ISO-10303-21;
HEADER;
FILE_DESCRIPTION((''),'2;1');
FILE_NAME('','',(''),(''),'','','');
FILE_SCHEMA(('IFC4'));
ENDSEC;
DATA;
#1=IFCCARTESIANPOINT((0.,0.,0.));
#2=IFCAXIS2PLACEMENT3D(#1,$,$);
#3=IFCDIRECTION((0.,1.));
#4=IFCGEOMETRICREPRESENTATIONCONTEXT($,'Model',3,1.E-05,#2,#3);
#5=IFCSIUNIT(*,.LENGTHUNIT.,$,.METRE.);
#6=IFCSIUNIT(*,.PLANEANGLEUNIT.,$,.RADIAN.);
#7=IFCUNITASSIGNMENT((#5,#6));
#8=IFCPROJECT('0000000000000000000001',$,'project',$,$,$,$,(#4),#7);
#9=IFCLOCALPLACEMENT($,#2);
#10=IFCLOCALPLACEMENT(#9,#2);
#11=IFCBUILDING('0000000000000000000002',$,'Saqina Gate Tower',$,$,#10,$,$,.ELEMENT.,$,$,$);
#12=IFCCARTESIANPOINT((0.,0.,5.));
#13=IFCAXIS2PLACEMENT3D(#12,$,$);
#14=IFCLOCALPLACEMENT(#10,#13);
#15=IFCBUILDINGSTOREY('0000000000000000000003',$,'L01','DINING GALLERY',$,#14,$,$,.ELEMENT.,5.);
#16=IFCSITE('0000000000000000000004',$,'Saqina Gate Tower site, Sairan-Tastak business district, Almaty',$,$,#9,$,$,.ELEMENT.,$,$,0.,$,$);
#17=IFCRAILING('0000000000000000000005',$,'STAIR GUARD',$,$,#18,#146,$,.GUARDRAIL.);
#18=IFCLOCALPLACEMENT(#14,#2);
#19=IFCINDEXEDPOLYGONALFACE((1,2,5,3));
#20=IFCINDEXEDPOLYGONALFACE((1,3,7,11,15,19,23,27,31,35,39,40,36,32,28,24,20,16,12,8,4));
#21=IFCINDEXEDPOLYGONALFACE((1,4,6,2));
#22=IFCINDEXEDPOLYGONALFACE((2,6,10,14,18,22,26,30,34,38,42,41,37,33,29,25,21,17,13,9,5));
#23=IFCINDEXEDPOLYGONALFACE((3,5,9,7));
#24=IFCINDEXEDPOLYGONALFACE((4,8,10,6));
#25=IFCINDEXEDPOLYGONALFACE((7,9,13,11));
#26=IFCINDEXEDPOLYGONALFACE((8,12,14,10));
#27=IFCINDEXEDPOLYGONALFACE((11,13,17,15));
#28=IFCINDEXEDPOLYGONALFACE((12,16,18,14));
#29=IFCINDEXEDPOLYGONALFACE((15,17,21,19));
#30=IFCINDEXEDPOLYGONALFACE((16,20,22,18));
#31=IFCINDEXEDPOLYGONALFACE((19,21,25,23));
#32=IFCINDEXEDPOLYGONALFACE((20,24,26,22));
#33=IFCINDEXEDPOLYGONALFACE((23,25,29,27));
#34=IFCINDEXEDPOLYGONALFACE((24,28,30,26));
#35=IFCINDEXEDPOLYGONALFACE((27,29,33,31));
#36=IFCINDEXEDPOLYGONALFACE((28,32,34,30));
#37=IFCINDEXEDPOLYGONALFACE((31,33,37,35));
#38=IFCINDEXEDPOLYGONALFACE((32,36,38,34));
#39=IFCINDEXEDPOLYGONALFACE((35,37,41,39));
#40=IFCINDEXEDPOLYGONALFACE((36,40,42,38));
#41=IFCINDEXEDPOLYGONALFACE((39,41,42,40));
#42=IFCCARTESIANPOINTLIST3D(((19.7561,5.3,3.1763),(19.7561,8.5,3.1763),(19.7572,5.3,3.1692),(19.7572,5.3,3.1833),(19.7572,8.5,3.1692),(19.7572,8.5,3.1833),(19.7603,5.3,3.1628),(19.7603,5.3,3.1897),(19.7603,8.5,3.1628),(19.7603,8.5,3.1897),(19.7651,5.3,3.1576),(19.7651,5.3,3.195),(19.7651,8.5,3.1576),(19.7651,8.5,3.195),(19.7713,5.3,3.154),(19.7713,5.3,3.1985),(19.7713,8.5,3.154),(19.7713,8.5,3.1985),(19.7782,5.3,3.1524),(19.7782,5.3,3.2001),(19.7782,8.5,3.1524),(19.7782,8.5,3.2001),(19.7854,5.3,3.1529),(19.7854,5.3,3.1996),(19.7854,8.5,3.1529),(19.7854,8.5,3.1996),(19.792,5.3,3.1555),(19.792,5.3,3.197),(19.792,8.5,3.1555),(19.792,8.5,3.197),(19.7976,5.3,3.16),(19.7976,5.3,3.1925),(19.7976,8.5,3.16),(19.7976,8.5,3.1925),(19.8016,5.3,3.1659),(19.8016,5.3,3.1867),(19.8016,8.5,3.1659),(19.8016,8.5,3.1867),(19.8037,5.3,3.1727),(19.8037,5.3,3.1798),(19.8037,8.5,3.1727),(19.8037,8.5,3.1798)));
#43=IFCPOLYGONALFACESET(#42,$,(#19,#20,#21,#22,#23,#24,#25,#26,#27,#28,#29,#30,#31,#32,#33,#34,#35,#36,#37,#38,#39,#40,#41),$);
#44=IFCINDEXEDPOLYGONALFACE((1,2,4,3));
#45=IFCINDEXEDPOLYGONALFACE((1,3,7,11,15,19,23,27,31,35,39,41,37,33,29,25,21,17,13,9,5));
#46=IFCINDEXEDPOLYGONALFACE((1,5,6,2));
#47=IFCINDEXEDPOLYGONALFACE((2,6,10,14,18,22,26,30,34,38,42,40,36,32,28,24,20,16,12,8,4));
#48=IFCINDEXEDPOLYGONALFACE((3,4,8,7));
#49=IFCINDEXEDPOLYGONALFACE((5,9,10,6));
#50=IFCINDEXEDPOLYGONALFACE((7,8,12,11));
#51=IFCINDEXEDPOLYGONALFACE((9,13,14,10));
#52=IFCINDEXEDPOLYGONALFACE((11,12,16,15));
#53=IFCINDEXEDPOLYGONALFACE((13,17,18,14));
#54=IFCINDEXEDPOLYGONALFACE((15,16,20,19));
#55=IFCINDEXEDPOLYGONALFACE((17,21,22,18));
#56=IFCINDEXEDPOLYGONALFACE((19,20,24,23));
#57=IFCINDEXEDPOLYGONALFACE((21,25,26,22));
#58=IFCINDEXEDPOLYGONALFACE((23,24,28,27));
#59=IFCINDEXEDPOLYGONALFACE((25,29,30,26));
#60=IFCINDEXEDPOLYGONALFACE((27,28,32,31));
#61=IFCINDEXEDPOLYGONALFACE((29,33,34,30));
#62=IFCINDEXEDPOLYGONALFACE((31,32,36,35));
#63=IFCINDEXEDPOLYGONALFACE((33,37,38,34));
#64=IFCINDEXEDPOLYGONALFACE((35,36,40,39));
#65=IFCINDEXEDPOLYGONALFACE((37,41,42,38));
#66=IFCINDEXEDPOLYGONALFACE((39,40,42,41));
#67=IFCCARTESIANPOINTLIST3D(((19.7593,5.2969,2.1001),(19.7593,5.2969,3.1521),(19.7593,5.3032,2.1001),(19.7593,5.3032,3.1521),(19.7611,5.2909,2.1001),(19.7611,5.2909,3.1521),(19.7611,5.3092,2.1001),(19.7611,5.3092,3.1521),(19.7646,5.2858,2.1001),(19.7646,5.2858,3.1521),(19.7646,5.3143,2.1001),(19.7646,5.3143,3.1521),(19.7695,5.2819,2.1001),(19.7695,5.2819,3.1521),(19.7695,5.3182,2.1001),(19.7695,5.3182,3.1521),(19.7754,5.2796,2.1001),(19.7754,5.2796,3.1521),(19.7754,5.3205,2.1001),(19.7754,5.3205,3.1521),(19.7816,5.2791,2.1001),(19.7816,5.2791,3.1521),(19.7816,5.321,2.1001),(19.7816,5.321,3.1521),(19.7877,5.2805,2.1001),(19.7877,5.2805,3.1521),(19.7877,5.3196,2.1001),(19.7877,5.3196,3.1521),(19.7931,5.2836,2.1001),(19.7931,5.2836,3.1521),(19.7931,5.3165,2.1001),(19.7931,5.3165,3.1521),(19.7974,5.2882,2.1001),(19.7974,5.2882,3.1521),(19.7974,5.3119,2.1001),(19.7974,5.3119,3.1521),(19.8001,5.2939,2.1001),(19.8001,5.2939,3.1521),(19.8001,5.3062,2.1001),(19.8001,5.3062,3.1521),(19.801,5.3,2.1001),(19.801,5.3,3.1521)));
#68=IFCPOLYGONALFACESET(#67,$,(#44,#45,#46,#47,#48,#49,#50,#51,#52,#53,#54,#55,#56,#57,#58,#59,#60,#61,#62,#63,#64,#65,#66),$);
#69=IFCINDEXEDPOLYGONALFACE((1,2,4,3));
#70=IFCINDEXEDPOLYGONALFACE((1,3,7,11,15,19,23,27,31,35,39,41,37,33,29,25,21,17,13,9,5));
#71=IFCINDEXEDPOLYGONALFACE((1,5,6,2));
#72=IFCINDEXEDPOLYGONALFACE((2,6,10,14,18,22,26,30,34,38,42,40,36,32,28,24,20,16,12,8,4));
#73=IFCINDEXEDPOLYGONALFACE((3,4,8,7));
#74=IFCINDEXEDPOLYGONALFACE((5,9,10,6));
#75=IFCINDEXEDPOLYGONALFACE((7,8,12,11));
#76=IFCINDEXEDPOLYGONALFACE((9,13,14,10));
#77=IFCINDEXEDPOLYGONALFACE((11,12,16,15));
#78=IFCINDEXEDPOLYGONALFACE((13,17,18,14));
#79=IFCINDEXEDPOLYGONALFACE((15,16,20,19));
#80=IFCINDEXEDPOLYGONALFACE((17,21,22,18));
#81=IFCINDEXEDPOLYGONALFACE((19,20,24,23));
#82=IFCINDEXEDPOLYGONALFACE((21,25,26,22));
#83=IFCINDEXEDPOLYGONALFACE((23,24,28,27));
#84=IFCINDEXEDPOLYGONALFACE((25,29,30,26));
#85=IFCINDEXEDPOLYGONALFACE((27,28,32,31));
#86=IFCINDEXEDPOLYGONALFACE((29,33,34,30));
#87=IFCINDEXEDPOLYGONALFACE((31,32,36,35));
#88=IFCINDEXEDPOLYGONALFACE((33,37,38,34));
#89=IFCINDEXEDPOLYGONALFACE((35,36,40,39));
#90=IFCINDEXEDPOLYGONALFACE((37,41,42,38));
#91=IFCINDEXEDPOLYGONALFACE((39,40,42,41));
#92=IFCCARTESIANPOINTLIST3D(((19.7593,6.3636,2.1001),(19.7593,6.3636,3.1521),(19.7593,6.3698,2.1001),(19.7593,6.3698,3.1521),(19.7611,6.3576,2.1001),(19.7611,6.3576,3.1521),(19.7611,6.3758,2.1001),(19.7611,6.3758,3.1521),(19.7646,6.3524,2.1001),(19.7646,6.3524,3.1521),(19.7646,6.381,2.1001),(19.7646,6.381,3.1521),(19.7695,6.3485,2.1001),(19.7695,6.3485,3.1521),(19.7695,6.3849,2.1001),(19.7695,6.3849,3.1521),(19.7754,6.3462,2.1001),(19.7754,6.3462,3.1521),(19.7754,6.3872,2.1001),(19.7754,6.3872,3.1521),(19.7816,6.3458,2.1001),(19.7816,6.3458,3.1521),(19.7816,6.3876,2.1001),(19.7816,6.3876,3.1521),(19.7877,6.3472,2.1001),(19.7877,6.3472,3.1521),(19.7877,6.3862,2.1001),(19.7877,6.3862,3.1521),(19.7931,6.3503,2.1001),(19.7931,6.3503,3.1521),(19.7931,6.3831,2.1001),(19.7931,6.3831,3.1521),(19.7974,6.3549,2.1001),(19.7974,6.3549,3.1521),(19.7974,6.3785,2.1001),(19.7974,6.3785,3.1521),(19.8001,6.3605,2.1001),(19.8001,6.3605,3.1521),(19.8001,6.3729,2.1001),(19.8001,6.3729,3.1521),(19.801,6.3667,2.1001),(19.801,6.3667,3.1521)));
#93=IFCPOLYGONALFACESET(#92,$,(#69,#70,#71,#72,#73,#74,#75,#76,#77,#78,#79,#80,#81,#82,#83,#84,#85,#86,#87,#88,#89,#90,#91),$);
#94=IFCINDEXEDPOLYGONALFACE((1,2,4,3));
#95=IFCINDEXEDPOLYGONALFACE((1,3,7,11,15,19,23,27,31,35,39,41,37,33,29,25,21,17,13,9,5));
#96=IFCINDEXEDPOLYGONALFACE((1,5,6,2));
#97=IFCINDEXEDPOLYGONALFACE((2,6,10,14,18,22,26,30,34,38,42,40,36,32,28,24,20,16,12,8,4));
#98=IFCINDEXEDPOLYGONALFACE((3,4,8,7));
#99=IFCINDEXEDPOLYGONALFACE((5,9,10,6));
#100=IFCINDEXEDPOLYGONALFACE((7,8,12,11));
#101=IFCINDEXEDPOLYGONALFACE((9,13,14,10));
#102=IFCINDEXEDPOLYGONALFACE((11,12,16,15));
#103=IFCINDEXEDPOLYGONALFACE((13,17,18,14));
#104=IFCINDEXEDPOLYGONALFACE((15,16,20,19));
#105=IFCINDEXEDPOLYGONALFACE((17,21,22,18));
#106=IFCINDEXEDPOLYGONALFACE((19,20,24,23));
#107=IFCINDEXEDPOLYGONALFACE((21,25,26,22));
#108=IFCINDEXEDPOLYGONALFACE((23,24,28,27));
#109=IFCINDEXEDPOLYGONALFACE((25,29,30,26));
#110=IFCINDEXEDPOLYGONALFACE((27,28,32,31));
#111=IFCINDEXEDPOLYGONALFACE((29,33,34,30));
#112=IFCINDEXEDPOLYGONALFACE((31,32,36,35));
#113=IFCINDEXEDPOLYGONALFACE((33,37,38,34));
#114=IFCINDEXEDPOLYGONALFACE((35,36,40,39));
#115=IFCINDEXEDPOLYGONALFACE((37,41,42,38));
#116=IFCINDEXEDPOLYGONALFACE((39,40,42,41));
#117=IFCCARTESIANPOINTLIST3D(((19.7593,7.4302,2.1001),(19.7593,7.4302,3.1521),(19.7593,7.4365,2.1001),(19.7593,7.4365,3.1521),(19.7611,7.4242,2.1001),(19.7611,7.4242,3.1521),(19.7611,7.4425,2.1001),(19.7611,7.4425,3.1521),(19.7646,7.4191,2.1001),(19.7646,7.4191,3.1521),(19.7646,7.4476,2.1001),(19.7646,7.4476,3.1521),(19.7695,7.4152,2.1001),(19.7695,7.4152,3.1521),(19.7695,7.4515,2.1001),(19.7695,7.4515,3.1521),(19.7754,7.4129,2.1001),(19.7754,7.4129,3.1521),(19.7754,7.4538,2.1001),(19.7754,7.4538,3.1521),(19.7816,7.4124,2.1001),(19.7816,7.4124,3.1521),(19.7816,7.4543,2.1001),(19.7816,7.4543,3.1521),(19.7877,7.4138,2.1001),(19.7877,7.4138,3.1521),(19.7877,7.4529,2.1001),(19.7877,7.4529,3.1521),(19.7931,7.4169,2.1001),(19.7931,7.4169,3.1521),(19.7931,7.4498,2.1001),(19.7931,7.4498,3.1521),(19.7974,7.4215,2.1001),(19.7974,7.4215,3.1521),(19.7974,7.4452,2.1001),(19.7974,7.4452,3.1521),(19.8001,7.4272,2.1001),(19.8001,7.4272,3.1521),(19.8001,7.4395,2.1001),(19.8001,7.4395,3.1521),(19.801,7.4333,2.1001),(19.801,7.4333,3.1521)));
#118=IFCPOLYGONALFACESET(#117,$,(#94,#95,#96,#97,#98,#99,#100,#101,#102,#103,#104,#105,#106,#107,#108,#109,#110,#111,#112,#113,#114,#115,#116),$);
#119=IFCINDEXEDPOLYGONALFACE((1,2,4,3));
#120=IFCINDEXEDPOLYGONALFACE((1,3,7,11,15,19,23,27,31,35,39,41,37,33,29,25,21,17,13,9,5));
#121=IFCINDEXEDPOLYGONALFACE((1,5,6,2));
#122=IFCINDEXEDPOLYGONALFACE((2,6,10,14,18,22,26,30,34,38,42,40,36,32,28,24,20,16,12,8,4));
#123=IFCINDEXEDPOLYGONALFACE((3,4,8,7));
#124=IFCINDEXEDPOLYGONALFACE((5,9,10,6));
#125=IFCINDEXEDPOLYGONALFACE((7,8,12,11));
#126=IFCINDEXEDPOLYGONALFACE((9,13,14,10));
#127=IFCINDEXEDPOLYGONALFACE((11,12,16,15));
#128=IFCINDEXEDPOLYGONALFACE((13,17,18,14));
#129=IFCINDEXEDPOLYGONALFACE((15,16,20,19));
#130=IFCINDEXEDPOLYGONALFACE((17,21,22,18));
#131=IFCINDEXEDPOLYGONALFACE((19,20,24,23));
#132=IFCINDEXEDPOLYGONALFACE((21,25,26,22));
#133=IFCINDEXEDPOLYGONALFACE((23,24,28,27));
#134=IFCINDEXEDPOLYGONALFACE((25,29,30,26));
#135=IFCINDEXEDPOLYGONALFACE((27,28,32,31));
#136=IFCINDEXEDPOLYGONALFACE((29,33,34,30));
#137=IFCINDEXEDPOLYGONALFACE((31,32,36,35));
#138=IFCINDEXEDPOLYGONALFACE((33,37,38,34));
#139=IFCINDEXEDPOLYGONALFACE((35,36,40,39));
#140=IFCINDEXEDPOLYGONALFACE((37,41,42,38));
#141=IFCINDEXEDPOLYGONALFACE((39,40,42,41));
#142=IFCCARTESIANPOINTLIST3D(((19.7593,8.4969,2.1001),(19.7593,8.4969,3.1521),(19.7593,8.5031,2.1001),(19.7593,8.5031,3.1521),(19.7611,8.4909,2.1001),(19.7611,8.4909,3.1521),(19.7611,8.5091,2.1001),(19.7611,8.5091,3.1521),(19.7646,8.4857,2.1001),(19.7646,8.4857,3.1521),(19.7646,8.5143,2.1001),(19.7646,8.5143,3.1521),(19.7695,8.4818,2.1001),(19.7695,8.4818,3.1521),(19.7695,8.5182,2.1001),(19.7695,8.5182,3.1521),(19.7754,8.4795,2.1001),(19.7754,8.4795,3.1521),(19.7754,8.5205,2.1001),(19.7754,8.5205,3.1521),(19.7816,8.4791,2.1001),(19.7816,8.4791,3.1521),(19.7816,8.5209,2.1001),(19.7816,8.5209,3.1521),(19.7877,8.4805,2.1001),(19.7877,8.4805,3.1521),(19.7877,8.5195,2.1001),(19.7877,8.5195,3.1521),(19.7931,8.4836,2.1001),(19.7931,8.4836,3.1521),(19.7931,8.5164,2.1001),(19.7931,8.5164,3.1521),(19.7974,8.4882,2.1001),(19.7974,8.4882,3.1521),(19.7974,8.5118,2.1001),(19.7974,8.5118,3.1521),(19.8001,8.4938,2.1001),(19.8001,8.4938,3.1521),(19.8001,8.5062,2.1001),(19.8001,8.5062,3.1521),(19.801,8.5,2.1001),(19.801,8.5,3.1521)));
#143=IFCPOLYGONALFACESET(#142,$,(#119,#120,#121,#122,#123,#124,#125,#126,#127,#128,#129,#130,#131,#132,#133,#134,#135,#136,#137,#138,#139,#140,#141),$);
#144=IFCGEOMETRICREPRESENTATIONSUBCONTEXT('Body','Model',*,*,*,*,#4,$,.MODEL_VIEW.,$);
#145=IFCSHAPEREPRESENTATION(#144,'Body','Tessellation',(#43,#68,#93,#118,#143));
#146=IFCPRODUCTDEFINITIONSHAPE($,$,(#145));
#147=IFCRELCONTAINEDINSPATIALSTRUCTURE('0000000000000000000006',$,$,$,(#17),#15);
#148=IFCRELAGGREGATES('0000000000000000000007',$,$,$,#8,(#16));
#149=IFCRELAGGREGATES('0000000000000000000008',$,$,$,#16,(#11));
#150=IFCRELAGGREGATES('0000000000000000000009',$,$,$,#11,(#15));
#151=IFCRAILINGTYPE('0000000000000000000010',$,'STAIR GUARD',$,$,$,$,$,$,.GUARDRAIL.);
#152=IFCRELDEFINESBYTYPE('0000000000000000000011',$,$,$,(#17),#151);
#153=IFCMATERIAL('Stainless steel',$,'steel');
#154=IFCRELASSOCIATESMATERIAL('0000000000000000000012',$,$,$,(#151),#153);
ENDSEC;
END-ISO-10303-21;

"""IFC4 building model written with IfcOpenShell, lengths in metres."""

from ifc_helpers import new_model, si_unit, direction, frame, origin, origin_2d, place, context, subcontext, project, spatial, circle, extrude, material, type_object, element, save


model = new_model("IFC4")

# Units and contexts
model_context = context("Model", 3, precision=1e-05, world=origin(), true_north=direction((0.0, 1.0)))
body_context = subcontext(model_context, "Body", "Model", "MODEL_VIEW")
ifc_project = project(units=[si_unit("LENGTHUNIT", "METRE"), si_unit("PLANEANGLEUNIT", "RADIAN")], contexts=[model_context])

# Site, building, storey
site_placement = place(None, origin())
site = spatial("IfcSite", under=ifc_project, at=site_placement, Name="Saqina Gate Tower site, Sairan-Tastak business district, Almaty", CompositionType="ELEMENT", RefElevation=0.0)
building_placement = place(site_placement, origin())
building = spatial("IfcBuilding", under=site, at=building_placement, Name="Saqina Gate Tower", CompositionType="ELEMENT")
storey_placement = place(building_placement, frame((0.0, 0.0, 5.0)))
storey = spatial("IfcBuildingStorey", under=building, at=storey_placement, Name="L01", Description="DINING GALLERY", CompositionType="ELEMENT", Elevation=5.0)

# Railing
ifc_material_1 = material(Name="Stainless steel", Category="steel")
railing_type = type_object("IfcRailingType", Name="STAIR GUARD", PredefinedType="GUARDRAIL", material=ifc_material_1)
railing_placement = place(storey_placement, frame((19.78, 5.3, 2.1001)))
element("IfcRailing", 1, at=railing_placement, inside=storey, type_object=railing_type, Name="STAIR GUARD", PredefinedType="GUARDRAIL", context=body_context, shape_type="SweptSolid", body=[
    extrude(circle(Radius=0.0239, at=origin_2d()), frame((0.0, 0.0, 1.0762), z_axis=(0.0, 1.0, 0.0), x_axis=(-1.0, 0.0, 0.0)), (0.0, 0.0, 1.0), 3.2),
    extrude(circle(Radius=0.021, at=origin_2d()), origin(), (0.0, 0.0, 1.0), 1.052),
    extrude(circle(Radius=0.021, at=origin_2d()), frame((0.0, 1.0667, 0.0)), (0.0, 0.0, 1.0), 1.052),
    extrude(circle(Radius=0.021, at=origin_2d()), frame((0.0, 2.1333, 0.0)), (0.0, 0.0, 1.0), 1.052),
    extrude(circle(Radius=0.021, at=origin_2d()), frame((0.0, 3.2, 0.0)), (0.0, 0.0, 1.0), 1.052),
])

save(model, "model.ifc")
